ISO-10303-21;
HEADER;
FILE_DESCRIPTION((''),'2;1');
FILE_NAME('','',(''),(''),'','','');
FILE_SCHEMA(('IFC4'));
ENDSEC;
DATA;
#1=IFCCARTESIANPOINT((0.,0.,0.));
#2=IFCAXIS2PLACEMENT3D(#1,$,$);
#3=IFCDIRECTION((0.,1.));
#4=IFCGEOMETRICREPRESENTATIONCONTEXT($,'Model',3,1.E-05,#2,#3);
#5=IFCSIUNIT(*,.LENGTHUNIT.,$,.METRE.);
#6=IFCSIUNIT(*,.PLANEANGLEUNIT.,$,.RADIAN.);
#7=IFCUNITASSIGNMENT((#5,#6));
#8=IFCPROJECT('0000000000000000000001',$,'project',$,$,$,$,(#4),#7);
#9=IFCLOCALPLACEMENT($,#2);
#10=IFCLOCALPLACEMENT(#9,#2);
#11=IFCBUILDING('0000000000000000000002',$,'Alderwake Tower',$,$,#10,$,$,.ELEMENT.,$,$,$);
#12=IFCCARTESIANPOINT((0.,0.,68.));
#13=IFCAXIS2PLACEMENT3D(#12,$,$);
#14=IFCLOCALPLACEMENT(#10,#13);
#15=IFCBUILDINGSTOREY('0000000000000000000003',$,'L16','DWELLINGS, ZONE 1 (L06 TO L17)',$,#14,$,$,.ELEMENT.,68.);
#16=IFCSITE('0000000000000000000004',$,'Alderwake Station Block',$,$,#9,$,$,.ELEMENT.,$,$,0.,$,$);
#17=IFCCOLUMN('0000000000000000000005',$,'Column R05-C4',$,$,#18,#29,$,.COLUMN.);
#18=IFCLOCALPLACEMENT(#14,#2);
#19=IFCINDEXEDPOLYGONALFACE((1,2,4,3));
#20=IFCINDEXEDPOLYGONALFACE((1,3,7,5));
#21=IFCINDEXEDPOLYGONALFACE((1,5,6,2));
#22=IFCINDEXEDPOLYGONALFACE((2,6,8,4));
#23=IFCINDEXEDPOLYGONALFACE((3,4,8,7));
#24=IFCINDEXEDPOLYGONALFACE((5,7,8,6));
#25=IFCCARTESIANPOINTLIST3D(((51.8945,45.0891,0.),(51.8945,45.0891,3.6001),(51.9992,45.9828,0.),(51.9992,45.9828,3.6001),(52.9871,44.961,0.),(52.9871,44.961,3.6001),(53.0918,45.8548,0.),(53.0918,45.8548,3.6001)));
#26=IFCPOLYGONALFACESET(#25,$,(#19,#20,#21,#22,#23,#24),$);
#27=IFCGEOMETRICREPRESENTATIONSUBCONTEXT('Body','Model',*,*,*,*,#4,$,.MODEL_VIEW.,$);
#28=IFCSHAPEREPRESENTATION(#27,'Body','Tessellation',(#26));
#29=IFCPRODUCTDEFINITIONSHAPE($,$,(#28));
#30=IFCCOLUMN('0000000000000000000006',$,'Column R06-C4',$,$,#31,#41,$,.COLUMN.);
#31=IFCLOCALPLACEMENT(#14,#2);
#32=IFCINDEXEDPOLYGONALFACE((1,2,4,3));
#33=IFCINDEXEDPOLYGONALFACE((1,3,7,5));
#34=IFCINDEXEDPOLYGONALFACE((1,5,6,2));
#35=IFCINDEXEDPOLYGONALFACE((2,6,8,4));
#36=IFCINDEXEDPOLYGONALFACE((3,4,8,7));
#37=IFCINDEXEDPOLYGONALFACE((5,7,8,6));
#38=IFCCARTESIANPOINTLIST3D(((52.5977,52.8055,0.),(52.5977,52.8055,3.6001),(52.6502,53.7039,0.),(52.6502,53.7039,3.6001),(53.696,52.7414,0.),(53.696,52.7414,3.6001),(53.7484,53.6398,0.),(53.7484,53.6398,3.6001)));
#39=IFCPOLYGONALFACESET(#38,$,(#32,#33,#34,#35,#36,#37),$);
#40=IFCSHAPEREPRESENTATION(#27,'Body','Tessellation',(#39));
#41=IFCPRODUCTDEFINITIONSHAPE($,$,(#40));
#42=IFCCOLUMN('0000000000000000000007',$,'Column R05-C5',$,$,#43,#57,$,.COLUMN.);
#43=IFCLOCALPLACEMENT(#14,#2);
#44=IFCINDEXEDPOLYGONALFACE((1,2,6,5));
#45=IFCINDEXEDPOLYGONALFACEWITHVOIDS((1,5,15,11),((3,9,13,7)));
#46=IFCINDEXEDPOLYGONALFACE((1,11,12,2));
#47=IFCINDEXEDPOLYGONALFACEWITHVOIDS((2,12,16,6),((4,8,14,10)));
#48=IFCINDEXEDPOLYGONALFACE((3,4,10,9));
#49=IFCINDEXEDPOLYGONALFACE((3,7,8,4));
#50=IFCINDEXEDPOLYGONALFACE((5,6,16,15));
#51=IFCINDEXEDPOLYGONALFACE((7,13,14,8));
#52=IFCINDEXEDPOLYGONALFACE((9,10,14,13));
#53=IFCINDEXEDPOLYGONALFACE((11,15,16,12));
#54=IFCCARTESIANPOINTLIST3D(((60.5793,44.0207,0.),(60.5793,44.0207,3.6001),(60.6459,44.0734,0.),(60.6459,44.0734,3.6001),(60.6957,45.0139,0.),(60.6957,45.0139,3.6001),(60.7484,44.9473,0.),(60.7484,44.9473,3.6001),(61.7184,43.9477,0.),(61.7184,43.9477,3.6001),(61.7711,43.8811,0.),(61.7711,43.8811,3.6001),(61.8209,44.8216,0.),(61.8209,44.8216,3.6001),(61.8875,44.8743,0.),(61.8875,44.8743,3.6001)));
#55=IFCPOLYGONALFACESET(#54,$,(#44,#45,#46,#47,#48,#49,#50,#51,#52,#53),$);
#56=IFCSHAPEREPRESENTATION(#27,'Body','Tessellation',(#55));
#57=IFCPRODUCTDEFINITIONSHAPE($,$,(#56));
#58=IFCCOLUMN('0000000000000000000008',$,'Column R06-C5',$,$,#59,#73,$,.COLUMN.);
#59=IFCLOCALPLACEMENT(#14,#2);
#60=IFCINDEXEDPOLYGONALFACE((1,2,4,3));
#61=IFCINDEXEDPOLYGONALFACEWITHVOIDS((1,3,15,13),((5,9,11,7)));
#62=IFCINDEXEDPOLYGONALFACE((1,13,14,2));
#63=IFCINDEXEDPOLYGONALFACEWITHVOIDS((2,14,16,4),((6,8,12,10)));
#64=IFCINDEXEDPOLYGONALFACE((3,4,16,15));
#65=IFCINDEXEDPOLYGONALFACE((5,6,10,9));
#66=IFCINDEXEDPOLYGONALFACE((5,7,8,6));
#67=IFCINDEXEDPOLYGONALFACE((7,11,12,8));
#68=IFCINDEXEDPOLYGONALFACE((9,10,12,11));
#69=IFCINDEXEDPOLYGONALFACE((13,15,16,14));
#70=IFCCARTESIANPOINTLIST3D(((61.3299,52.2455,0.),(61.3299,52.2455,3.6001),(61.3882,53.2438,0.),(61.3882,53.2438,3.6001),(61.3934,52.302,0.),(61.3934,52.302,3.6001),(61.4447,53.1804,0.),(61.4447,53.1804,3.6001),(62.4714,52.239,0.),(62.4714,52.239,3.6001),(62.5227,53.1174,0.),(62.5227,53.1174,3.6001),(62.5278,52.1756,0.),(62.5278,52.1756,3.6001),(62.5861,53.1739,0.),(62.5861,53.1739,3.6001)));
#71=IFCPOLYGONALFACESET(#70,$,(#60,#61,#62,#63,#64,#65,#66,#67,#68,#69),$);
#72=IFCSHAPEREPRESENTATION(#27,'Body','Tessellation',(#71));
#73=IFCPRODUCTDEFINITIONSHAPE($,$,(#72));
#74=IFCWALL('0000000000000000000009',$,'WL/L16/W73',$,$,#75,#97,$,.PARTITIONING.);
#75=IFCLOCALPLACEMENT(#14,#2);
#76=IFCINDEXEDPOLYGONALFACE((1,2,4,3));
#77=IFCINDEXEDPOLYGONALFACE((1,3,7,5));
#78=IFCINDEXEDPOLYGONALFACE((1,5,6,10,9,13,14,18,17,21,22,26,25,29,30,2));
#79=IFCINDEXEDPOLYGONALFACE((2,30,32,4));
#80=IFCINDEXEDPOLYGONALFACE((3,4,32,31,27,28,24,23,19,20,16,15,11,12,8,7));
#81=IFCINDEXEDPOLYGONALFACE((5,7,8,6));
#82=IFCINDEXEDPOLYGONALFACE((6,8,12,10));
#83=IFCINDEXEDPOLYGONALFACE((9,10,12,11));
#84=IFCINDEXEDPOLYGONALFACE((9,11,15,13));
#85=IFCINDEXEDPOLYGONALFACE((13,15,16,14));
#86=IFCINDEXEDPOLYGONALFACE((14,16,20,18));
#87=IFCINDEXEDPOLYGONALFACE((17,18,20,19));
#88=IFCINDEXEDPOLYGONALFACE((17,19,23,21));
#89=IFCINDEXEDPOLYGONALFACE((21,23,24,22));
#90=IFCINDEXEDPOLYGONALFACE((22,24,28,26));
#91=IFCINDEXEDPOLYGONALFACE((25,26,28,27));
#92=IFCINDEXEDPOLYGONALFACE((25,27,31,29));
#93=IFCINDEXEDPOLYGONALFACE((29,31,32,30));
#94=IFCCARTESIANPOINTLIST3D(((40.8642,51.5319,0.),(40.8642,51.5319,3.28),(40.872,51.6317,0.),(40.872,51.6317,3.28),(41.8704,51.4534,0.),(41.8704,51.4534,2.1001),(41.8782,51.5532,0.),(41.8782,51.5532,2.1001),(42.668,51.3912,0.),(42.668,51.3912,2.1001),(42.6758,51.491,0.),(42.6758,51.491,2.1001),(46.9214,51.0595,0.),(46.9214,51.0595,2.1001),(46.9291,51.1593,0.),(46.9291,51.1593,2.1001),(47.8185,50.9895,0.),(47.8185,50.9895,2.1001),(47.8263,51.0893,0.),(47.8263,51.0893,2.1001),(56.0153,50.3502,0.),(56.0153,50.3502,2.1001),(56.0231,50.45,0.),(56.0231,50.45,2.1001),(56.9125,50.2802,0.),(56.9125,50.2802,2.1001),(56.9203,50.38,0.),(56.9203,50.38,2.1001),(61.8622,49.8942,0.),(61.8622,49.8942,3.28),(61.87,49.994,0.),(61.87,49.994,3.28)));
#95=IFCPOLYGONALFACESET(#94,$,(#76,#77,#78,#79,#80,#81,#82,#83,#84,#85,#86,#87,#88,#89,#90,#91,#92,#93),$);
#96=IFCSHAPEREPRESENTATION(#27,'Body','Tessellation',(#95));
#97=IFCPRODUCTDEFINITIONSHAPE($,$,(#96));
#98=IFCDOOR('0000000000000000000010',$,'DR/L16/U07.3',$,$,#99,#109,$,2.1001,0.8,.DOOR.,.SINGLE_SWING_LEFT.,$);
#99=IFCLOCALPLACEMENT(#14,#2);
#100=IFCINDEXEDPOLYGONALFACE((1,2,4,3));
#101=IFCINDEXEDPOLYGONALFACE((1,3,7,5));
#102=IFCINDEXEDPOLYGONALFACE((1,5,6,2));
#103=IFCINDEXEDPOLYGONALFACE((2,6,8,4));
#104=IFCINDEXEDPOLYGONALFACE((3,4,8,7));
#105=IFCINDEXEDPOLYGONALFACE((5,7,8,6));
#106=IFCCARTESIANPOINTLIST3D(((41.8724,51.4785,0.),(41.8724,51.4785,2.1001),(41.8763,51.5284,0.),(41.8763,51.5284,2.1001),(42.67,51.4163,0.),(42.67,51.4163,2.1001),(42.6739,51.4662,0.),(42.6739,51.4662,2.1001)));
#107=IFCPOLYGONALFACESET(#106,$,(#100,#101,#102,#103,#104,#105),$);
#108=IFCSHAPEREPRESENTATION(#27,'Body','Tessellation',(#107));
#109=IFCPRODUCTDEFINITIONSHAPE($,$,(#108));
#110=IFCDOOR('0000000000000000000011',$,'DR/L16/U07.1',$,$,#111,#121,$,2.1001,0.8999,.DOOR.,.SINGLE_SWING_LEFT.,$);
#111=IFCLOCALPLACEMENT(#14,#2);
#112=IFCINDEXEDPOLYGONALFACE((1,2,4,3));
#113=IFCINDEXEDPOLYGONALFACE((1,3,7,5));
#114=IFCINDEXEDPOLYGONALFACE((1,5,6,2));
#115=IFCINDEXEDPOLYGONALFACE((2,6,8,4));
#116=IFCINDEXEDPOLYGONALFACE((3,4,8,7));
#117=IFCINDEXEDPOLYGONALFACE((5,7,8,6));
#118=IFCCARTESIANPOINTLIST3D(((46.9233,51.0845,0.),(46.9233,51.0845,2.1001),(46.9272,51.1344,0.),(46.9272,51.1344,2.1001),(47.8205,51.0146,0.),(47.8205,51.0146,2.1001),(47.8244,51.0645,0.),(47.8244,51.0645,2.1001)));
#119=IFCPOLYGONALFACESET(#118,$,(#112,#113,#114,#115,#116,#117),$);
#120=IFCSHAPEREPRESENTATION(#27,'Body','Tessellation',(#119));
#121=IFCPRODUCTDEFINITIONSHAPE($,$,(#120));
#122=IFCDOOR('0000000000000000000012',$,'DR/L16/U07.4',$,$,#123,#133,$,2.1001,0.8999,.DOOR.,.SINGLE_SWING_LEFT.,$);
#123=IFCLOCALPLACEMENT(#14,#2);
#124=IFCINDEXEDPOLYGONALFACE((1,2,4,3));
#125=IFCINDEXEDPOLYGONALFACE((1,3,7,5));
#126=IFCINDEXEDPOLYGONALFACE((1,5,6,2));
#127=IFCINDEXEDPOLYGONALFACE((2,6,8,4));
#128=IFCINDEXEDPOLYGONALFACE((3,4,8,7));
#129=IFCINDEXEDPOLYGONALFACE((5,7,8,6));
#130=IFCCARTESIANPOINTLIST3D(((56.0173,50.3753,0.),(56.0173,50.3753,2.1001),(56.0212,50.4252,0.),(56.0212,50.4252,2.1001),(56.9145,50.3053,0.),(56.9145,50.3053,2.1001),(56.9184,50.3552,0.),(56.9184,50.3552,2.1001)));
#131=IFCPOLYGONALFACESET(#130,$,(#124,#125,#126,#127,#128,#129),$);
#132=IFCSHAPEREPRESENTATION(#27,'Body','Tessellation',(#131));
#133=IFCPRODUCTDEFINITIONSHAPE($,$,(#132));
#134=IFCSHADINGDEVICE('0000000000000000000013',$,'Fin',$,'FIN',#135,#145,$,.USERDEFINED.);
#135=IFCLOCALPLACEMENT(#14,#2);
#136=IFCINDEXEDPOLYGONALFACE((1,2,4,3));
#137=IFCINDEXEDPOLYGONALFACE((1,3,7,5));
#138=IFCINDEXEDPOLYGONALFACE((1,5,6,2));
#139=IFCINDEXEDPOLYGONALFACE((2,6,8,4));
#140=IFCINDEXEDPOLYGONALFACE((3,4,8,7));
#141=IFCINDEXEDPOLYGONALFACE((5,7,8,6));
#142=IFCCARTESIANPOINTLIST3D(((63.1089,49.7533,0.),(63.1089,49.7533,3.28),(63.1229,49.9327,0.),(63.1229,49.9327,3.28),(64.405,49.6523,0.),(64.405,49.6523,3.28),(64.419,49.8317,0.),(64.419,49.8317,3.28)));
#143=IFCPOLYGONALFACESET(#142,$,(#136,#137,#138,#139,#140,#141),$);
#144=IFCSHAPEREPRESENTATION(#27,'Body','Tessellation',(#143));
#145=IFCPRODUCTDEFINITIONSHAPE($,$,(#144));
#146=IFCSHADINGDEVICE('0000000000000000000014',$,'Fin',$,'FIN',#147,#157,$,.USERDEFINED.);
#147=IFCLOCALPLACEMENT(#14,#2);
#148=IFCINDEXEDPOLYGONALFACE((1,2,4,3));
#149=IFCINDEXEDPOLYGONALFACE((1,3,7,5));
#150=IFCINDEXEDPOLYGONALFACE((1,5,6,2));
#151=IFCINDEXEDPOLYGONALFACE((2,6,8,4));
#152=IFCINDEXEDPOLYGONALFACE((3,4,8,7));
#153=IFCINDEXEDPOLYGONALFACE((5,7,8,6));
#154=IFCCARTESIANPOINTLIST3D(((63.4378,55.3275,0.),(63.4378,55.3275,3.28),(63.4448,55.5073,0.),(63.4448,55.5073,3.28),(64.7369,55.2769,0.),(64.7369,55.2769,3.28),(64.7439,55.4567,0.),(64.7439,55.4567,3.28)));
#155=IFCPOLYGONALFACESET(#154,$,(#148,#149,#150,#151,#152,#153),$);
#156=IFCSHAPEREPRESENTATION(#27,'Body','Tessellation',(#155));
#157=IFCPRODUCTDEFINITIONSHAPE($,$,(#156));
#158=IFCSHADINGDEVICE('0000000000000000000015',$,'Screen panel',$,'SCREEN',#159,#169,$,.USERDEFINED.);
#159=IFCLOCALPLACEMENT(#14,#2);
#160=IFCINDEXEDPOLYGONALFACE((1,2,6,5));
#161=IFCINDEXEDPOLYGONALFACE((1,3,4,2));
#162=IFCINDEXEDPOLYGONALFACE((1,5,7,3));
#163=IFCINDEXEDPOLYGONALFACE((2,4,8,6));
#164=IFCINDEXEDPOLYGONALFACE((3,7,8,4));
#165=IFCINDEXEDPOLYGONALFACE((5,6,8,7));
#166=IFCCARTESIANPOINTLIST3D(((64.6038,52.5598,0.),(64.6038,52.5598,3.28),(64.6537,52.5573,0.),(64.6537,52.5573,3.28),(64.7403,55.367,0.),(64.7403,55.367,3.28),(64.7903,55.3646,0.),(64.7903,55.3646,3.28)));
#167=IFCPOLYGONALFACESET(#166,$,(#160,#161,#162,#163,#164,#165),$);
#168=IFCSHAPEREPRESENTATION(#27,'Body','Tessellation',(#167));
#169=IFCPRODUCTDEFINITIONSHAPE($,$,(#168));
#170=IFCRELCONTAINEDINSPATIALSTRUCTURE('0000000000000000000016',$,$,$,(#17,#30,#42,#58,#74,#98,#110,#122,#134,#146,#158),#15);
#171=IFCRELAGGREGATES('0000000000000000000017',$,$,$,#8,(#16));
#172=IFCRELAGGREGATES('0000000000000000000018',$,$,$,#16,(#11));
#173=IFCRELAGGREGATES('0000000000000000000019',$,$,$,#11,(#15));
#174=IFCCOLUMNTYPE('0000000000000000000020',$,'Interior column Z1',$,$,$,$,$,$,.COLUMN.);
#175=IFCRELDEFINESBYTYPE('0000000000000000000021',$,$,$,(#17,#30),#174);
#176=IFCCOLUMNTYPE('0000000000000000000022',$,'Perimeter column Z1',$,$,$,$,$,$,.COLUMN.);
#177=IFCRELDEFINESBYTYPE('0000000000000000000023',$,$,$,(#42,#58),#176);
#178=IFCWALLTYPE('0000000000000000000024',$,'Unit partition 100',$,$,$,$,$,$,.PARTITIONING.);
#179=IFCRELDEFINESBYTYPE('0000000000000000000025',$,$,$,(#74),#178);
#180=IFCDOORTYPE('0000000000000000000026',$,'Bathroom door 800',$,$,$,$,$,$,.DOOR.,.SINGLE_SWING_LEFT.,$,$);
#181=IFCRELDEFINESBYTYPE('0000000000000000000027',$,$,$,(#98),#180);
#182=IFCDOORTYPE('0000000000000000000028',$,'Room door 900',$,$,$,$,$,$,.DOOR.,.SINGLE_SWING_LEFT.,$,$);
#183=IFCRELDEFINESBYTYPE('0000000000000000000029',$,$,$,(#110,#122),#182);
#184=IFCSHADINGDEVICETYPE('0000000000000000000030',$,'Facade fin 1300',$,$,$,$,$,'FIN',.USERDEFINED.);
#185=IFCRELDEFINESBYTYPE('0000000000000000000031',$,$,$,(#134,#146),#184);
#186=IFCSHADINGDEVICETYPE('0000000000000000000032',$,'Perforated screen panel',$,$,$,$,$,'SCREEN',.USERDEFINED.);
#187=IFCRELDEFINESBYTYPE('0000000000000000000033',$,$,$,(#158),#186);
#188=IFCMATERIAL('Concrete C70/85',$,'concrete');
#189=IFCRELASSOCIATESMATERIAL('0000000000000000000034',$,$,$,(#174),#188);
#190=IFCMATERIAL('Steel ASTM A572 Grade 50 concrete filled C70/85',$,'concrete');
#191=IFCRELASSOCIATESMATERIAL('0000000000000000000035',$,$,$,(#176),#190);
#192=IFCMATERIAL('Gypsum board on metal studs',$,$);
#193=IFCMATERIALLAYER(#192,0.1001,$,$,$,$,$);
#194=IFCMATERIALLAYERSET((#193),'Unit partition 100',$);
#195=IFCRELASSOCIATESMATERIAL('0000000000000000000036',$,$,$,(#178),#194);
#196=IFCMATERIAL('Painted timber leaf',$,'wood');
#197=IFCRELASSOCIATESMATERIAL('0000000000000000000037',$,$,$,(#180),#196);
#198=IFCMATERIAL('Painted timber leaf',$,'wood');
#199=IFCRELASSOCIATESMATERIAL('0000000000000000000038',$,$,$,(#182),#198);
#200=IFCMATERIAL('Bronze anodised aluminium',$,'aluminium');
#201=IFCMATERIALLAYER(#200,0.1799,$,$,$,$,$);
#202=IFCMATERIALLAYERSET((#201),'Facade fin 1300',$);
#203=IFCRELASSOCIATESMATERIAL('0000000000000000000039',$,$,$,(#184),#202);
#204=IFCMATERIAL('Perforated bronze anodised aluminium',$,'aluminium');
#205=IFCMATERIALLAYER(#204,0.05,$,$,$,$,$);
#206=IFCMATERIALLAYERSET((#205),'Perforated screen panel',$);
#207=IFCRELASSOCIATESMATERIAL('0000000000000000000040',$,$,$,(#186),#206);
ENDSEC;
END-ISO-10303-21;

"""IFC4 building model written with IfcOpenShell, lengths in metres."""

from ifc_helpers import new_model, si_unit, direction, frame, frame_2d, origin, origin_2d, place, context, subcontext, project, spatial, rectangle, hollow_rectangle, extrude, material, layer, layer_set, material_profile, profile_set, type_object, element, fill, save


model = new_model("IFC4")

# Units and contexts
model_context = context("Model", 3, precision=1e-05, world=origin(), true_north=direction((0.0, 1.0)))
body_context = subcontext(model_context, "Body", "Model", "MODEL_VIEW")
ifc_project = project(units=[si_unit("LENGTHUNIT", "METRE"), si_unit("PLANEANGLEUNIT", "RADIAN")], contexts=[model_context])

# Site, building, storey
site_placement = place(None, origin())
site = spatial("IfcSite", under=ifc_project, at=site_placement, Name="Alderwake Station Block", CompositionType="ELEMENT", RefElevation=0.0)
building_placement = place(site_placement, origin())
building = spatial("IfcBuilding", under=site, at=building_placement, Name="Alderwake Tower", CompositionType="ELEMENT")
storey_placement = place(building_placement, frame((0.0, 0.0, 68.0)))
storey = spatial("IfcBuildingStorey", under=building, at=storey_placement, Name="L16", Description="DWELLINGS, ZONE 1 (L06 TO L17)", CompositionType="ELEMENT", Elevation=68.0)

# Columns
ifc_material_1 = material(Name="Concrete C70/85", Category="concrete")
ifc_material_profile_1 = material_profile(ifc_material_1, rectangle(XDim=0.8999, YDim=1.1001, at=origin_2d()), Name="RC 1100X900")
ifc_profile_set_1 = profile_set([ifc_material_profile_1], Name="Concrete C70/85")
column_type_1 = type_object("IfcColumnType", Name="Interior column Z1", PredefinedType="COLUMN", material=ifc_profile_set_1)
for number, where, z_axis, x_axis, name in (
    (1, (52.4932, 45.4719, 0.0), (0.0, 0.0, 1.0), (0.116402, 0.993202, 0.0), "Column R05-C4"),
    (2, (53.1731, 53.2227, 0.0), (0.0, 0.0, 1.0), (0.058301, 0.998299, 0.0), "Column R06-C4"),
):
    element("IfcColumn", number, at=place(storey_placement, frame(where, z_axis=z_axis, x_axis=x_axis)), inside=storey, type_object=column_type_1, Name=name, PredefinedType="COLUMN", context=body_context, shape_type="SweptSolid", body=[
        extrude(rectangle(XDim=0.8999, YDim=1.1001, at=origin_2d()), origin(), (0.0, 0.0, 1.0), 3.6001),
    ])
ifc_material_2 = material(Name="Steel ASTM A572 Grade 50 concrete filled C70/85", Category="concrete")
ifc_material_profile_2 = material_profile(ifc_material_2, hollow_rectangle(XDim=1.0, YDim=1.2, WallThickness=0.0601, at=origin_2d()), Name="BOX 1200X1000X60")
ifc_profile_set_2 = profile_set([ifc_material_profile_2], Name="Steel ASTM A572 Grade 50 concrete filled C70/85")
column_type_2 = type_object("IfcColumnType", Name="Perimeter column Z1", PredefinedType="COLUMN", material=ifc_profile_set_2)
for number, where, z_axis, x_axis, name in (
    (3, (61.2334, 44.4475, 0.0), (0.0, 0.0, 1.0), (0.116402, 0.993202, 0.0), "Column R05-C5"),
    (4, (61.958, 52.7097, 0.0), (0.0, 0.0, 1.0), (0.058301, 0.998299, 0.0), "Column R06-C5"),
):
    element("IfcColumn", number, at=place(storey_placement, frame(where, z_axis=z_axis, x_axis=x_axis)), inside=storey, type_object=column_type_2, Name=name, PredefinedType="COLUMN", context=body_context, shape_type="SweptSolid", body=[
        extrude(hollow_rectangle(XDim=1.0, YDim=1.2, WallThickness=0.0601, at=origin_2d()), origin(), (0.0, 0.0, 1.0), 3.6001),
    ])

# Wall, openings, doors
ifc_material_3 = material(Name="Gypsum board on metal studs")
ifc_layer_1 = layer(ifc_material_3, 0.1001)
ifc_layer_set_1 = layer_set([ifc_layer_1], Name="Unit partition 100")
wall_type_1 = type_object("IfcWallType", Name="Unit partition 100", PredefinedType="PARTITIONING", material=ifc_layer_set_1)
wall_1_placement = place(storey_placement, frame((61.866, 49.9441, 0.0), z_axis=(0.0, 0.0, 1.0), x_axis=(-0.996972, 0.077757, 0.0)))
wall_1 = element("IfcWall", 5, at=wall_1_placement, inside=storey, type_object=wall_type_1, Name="WL/L16/W73", PredefinedType="PARTITIONING", context=body_context, shape_type="SweptSolid", body=[
    extrude(rectangle(XDim=21.0618, YDim=0.1001, at=frame_2d((10.5308, 0.0))), origin(), (0.0, 0.0, 1.0), 3.28),
])
opening_1_placement = place(wall_1_placement, frame((14.0862, 0.0, 0.0)))
opening_1 = element("IfcOpeningElement", 6, at=opening_1_placement, cuts=wall_1, PredefinedType="OPENING", context=body_context, shape_type="SweptSolid", body=[
    extrude(rectangle(XDim=0.8999, YDim=2.1001, at=frame_2d((0.45, 1.05))), frame((0.0, 0.0601, 0.0), z_axis=(0.0, -1.0, 0.0), x_axis=(1.0, 0.0, 0.0)), (0.0, 0.0, 1.0), 0.1201),
])
opening_2_placement = place(wall_1_placement, frame((19.2524, 0.0, 0.0)))
opening_2 = element("IfcOpeningElement", 7, at=opening_2_placement, cuts=wall_1, PredefinedType="OPENING", context=body_context, shape_type="SweptSolid", body=[
    extrude(rectangle(XDim=0.8, YDim=2.1001, at=frame_2d((0.3999, 1.05))), frame((0.0, 0.0601, 0.0), z_axis=(0.0, -1.0, 0.0), x_axis=(1.0, 0.0, 0.0)), (0.0, 0.0, 1.0), 0.1201),
])
opening_3_placement = place(wall_1_placement, frame((4.9646, 0.0, 0.0)))
opening_3 = element("IfcOpeningElement", 8, at=opening_3_placement, cuts=wall_1, PredefinedType="OPENING", context=body_context, shape_type="SweptSolid", body=[
    extrude(rectangle(XDim=0.8999, YDim=2.1001, at=frame_2d((0.45, 1.05))), frame((0.0, 0.0601, 0.0), z_axis=(0.0, -1.0, 0.0), x_axis=(1.0, 0.0, 0.0)), (0.0, 0.0, 1.0), 0.1201),
])
ifc_material_4 = material(Name="Painted timber leaf", Category="wood")
door_type_1 = type_object("IfcDoorType", Name="Bathroom door 800", OperationType="SINGLE_SWING_LEFT", PredefinedType="DOOR", material=ifc_material_4)
door_1_placement = place(opening_2_placement, origin())
door_1 = element("IfcDoor", 9, at=door_1_placement, inside=storey, type_object=door_type_1, Name="DR/L16/U07.3", OperationType="SINGLE_SWING_LEFT", OverallHeight=2.1001, OverallWidth=0.8, PredefinedType="DOOR", context=body_context, shape_type="SweptSolid", body=[
    extrude(rectangle(XDim=0.8, YDim=2.1001, at=frame_2d((0.3999, 1.05))), frame((0.0, 0.0249, 0.0), z_axis=(0.0, -1.0, 0.0), x_axis=(1.0, 0.0, 0.0)), (0.0, 0.0, 1.0), 0.05),
])
fill(opening_2, door_1)
ifc_material_5 = material(Name="Painted timber leaf", Category="wood")
door_type_2 = type_object("IfcDoorType", Name="Room door 900", OperationType="SINGLE_SWING_LEFT", PredefinedType="DOOR", material=ifc_material_5)
door_2_placement = place(opening_1_placement, origin())
door_2 = element("IfcDoor", 10, at=door_2_placement, inside=storey, type_object=door_type_2, Name="DR/L16/U07.1", OperationType="SINGLE_SWING_LEFT", OverallHeight=2.1001, OverallWidth=0.8999, PredefinedType="DOOR", context=body_context, shape_type="SweptSolid", body=[
    extrude(rectangle(XDim=0.8999, YDim=2.1001, at=frame_2d((0.45, 1.05))), frame((0.0, 0.0249, 0.0), z_axis=(0.0, -1.0, 0.0), x_axis=(1.0, 0.0, 0.0)), (0.0, 0.0, 1.0), 0.05),
])
fill(opening_1, door_2)
door_3_placement = place(opening_3_placement, origin())
door_3 = element("IfcDoor", 11, at=door_3_placement, inside=storey, type_object=door_type_2, Name="DR/L16/U07.4", OperationType="SINGLE_SWING_LEFT", OverallHeight=2.1001, OverallWidth=0.8999, PredefinedType="DOOR", context=body_context, shape_type="SweptSolid", body=[
    extrude(rectangle(XDim=0.8999, YDim=2.1001, at=frame_2d((0.45, 1.05))), frame((0.0, 0.0249, 0.0), z_axis=(0.0, -1.0, 0.0), x_axis=(1.0, 0.0, 0.0)), (0.0, 0.0, 1.0), 0.05),
])
fill(opening_3, door_3)

# Shading devices
ifc_material_6 = material(Name="Bronze anodised aluminium", Category="aluminium")
ifc_layer_2 = layer(ifc_material_6, 0.1799)
ifc_layer_set_2 = layer_set([ifc_layer_2], Name="Facade fin 1300")
shading_device_type_1 = type_object("IfcShadingDeviceType", Name="Facade fin 1300", ElementType="FIN", PredefinedType="USERDEFINED", material=ifc_layer_set_2)
for number, where, z_axis, x_axis, name in (
    (12, (63.7639, 49.7925, 0.0), (0.0, 0.0, 1.0), (0.996975, -0.077721, 0.0), "Fin"),
    (13, (64.0908, 55.3921, 0.0), (0.0, 0.0, 1.0), (0.999243, -0.03889, 0.0), "Fin"),
):
    element("IfcShadingDevice", number, at=place(storey_placement, frame(where, z_axis=z_axis, x_axis=x_axis)), inside=storey, type_object=shading_device_type_1, Name=name, ObjectType="FIN", PredefinedType="USERDEFINED", context=body_context, shape_type="SweptSolid", body=[
        extrude(rectangle(XDim=1.3, YDim=0.1799, at=origin_2d()), origin(), (0.0, 0.0, 1.0), 3.28),
    ])
ifc_material_7 = material(Name="Perforated bronze anodised aluminium", Category="aluminium")
ifc_layer_3 = layer(ifc_material_7, 0.05)
ifc_layer_set_3 = layer_set([ifc_layer_3], Name="Perforated screen panel")
shading_device_type_2 = type_object("IfcShadingDeviceType", Name="Perforated screen panel", ElementType="SCREEN", PredefinedType="USERDEFINED", material=ifc_layer_set_3)
shading_device_placement = place(storey_placement, frame((64.697, 53.9622, 0.0), z_axis=(0.0, 0.0, 1.0), x_axis=(0.998819, -0.048581, 0.0)))
element("IfcShadingDevice", 14, at=shading_device_placement, inside=storey, type_object=shading_device_type_2, Name="Screen panel", ObjectType="SCREEN", PredefinedType="USERDEFINED", context=body_context, shape_type="SweptSolid", body=[
    extrude(rectangle(XDim=0.05, YDim=2.8105, at=origin_2d()), origin(), (0.0, 0.0, 1.0), 3.28),
])

save(model, "model.ifc")
